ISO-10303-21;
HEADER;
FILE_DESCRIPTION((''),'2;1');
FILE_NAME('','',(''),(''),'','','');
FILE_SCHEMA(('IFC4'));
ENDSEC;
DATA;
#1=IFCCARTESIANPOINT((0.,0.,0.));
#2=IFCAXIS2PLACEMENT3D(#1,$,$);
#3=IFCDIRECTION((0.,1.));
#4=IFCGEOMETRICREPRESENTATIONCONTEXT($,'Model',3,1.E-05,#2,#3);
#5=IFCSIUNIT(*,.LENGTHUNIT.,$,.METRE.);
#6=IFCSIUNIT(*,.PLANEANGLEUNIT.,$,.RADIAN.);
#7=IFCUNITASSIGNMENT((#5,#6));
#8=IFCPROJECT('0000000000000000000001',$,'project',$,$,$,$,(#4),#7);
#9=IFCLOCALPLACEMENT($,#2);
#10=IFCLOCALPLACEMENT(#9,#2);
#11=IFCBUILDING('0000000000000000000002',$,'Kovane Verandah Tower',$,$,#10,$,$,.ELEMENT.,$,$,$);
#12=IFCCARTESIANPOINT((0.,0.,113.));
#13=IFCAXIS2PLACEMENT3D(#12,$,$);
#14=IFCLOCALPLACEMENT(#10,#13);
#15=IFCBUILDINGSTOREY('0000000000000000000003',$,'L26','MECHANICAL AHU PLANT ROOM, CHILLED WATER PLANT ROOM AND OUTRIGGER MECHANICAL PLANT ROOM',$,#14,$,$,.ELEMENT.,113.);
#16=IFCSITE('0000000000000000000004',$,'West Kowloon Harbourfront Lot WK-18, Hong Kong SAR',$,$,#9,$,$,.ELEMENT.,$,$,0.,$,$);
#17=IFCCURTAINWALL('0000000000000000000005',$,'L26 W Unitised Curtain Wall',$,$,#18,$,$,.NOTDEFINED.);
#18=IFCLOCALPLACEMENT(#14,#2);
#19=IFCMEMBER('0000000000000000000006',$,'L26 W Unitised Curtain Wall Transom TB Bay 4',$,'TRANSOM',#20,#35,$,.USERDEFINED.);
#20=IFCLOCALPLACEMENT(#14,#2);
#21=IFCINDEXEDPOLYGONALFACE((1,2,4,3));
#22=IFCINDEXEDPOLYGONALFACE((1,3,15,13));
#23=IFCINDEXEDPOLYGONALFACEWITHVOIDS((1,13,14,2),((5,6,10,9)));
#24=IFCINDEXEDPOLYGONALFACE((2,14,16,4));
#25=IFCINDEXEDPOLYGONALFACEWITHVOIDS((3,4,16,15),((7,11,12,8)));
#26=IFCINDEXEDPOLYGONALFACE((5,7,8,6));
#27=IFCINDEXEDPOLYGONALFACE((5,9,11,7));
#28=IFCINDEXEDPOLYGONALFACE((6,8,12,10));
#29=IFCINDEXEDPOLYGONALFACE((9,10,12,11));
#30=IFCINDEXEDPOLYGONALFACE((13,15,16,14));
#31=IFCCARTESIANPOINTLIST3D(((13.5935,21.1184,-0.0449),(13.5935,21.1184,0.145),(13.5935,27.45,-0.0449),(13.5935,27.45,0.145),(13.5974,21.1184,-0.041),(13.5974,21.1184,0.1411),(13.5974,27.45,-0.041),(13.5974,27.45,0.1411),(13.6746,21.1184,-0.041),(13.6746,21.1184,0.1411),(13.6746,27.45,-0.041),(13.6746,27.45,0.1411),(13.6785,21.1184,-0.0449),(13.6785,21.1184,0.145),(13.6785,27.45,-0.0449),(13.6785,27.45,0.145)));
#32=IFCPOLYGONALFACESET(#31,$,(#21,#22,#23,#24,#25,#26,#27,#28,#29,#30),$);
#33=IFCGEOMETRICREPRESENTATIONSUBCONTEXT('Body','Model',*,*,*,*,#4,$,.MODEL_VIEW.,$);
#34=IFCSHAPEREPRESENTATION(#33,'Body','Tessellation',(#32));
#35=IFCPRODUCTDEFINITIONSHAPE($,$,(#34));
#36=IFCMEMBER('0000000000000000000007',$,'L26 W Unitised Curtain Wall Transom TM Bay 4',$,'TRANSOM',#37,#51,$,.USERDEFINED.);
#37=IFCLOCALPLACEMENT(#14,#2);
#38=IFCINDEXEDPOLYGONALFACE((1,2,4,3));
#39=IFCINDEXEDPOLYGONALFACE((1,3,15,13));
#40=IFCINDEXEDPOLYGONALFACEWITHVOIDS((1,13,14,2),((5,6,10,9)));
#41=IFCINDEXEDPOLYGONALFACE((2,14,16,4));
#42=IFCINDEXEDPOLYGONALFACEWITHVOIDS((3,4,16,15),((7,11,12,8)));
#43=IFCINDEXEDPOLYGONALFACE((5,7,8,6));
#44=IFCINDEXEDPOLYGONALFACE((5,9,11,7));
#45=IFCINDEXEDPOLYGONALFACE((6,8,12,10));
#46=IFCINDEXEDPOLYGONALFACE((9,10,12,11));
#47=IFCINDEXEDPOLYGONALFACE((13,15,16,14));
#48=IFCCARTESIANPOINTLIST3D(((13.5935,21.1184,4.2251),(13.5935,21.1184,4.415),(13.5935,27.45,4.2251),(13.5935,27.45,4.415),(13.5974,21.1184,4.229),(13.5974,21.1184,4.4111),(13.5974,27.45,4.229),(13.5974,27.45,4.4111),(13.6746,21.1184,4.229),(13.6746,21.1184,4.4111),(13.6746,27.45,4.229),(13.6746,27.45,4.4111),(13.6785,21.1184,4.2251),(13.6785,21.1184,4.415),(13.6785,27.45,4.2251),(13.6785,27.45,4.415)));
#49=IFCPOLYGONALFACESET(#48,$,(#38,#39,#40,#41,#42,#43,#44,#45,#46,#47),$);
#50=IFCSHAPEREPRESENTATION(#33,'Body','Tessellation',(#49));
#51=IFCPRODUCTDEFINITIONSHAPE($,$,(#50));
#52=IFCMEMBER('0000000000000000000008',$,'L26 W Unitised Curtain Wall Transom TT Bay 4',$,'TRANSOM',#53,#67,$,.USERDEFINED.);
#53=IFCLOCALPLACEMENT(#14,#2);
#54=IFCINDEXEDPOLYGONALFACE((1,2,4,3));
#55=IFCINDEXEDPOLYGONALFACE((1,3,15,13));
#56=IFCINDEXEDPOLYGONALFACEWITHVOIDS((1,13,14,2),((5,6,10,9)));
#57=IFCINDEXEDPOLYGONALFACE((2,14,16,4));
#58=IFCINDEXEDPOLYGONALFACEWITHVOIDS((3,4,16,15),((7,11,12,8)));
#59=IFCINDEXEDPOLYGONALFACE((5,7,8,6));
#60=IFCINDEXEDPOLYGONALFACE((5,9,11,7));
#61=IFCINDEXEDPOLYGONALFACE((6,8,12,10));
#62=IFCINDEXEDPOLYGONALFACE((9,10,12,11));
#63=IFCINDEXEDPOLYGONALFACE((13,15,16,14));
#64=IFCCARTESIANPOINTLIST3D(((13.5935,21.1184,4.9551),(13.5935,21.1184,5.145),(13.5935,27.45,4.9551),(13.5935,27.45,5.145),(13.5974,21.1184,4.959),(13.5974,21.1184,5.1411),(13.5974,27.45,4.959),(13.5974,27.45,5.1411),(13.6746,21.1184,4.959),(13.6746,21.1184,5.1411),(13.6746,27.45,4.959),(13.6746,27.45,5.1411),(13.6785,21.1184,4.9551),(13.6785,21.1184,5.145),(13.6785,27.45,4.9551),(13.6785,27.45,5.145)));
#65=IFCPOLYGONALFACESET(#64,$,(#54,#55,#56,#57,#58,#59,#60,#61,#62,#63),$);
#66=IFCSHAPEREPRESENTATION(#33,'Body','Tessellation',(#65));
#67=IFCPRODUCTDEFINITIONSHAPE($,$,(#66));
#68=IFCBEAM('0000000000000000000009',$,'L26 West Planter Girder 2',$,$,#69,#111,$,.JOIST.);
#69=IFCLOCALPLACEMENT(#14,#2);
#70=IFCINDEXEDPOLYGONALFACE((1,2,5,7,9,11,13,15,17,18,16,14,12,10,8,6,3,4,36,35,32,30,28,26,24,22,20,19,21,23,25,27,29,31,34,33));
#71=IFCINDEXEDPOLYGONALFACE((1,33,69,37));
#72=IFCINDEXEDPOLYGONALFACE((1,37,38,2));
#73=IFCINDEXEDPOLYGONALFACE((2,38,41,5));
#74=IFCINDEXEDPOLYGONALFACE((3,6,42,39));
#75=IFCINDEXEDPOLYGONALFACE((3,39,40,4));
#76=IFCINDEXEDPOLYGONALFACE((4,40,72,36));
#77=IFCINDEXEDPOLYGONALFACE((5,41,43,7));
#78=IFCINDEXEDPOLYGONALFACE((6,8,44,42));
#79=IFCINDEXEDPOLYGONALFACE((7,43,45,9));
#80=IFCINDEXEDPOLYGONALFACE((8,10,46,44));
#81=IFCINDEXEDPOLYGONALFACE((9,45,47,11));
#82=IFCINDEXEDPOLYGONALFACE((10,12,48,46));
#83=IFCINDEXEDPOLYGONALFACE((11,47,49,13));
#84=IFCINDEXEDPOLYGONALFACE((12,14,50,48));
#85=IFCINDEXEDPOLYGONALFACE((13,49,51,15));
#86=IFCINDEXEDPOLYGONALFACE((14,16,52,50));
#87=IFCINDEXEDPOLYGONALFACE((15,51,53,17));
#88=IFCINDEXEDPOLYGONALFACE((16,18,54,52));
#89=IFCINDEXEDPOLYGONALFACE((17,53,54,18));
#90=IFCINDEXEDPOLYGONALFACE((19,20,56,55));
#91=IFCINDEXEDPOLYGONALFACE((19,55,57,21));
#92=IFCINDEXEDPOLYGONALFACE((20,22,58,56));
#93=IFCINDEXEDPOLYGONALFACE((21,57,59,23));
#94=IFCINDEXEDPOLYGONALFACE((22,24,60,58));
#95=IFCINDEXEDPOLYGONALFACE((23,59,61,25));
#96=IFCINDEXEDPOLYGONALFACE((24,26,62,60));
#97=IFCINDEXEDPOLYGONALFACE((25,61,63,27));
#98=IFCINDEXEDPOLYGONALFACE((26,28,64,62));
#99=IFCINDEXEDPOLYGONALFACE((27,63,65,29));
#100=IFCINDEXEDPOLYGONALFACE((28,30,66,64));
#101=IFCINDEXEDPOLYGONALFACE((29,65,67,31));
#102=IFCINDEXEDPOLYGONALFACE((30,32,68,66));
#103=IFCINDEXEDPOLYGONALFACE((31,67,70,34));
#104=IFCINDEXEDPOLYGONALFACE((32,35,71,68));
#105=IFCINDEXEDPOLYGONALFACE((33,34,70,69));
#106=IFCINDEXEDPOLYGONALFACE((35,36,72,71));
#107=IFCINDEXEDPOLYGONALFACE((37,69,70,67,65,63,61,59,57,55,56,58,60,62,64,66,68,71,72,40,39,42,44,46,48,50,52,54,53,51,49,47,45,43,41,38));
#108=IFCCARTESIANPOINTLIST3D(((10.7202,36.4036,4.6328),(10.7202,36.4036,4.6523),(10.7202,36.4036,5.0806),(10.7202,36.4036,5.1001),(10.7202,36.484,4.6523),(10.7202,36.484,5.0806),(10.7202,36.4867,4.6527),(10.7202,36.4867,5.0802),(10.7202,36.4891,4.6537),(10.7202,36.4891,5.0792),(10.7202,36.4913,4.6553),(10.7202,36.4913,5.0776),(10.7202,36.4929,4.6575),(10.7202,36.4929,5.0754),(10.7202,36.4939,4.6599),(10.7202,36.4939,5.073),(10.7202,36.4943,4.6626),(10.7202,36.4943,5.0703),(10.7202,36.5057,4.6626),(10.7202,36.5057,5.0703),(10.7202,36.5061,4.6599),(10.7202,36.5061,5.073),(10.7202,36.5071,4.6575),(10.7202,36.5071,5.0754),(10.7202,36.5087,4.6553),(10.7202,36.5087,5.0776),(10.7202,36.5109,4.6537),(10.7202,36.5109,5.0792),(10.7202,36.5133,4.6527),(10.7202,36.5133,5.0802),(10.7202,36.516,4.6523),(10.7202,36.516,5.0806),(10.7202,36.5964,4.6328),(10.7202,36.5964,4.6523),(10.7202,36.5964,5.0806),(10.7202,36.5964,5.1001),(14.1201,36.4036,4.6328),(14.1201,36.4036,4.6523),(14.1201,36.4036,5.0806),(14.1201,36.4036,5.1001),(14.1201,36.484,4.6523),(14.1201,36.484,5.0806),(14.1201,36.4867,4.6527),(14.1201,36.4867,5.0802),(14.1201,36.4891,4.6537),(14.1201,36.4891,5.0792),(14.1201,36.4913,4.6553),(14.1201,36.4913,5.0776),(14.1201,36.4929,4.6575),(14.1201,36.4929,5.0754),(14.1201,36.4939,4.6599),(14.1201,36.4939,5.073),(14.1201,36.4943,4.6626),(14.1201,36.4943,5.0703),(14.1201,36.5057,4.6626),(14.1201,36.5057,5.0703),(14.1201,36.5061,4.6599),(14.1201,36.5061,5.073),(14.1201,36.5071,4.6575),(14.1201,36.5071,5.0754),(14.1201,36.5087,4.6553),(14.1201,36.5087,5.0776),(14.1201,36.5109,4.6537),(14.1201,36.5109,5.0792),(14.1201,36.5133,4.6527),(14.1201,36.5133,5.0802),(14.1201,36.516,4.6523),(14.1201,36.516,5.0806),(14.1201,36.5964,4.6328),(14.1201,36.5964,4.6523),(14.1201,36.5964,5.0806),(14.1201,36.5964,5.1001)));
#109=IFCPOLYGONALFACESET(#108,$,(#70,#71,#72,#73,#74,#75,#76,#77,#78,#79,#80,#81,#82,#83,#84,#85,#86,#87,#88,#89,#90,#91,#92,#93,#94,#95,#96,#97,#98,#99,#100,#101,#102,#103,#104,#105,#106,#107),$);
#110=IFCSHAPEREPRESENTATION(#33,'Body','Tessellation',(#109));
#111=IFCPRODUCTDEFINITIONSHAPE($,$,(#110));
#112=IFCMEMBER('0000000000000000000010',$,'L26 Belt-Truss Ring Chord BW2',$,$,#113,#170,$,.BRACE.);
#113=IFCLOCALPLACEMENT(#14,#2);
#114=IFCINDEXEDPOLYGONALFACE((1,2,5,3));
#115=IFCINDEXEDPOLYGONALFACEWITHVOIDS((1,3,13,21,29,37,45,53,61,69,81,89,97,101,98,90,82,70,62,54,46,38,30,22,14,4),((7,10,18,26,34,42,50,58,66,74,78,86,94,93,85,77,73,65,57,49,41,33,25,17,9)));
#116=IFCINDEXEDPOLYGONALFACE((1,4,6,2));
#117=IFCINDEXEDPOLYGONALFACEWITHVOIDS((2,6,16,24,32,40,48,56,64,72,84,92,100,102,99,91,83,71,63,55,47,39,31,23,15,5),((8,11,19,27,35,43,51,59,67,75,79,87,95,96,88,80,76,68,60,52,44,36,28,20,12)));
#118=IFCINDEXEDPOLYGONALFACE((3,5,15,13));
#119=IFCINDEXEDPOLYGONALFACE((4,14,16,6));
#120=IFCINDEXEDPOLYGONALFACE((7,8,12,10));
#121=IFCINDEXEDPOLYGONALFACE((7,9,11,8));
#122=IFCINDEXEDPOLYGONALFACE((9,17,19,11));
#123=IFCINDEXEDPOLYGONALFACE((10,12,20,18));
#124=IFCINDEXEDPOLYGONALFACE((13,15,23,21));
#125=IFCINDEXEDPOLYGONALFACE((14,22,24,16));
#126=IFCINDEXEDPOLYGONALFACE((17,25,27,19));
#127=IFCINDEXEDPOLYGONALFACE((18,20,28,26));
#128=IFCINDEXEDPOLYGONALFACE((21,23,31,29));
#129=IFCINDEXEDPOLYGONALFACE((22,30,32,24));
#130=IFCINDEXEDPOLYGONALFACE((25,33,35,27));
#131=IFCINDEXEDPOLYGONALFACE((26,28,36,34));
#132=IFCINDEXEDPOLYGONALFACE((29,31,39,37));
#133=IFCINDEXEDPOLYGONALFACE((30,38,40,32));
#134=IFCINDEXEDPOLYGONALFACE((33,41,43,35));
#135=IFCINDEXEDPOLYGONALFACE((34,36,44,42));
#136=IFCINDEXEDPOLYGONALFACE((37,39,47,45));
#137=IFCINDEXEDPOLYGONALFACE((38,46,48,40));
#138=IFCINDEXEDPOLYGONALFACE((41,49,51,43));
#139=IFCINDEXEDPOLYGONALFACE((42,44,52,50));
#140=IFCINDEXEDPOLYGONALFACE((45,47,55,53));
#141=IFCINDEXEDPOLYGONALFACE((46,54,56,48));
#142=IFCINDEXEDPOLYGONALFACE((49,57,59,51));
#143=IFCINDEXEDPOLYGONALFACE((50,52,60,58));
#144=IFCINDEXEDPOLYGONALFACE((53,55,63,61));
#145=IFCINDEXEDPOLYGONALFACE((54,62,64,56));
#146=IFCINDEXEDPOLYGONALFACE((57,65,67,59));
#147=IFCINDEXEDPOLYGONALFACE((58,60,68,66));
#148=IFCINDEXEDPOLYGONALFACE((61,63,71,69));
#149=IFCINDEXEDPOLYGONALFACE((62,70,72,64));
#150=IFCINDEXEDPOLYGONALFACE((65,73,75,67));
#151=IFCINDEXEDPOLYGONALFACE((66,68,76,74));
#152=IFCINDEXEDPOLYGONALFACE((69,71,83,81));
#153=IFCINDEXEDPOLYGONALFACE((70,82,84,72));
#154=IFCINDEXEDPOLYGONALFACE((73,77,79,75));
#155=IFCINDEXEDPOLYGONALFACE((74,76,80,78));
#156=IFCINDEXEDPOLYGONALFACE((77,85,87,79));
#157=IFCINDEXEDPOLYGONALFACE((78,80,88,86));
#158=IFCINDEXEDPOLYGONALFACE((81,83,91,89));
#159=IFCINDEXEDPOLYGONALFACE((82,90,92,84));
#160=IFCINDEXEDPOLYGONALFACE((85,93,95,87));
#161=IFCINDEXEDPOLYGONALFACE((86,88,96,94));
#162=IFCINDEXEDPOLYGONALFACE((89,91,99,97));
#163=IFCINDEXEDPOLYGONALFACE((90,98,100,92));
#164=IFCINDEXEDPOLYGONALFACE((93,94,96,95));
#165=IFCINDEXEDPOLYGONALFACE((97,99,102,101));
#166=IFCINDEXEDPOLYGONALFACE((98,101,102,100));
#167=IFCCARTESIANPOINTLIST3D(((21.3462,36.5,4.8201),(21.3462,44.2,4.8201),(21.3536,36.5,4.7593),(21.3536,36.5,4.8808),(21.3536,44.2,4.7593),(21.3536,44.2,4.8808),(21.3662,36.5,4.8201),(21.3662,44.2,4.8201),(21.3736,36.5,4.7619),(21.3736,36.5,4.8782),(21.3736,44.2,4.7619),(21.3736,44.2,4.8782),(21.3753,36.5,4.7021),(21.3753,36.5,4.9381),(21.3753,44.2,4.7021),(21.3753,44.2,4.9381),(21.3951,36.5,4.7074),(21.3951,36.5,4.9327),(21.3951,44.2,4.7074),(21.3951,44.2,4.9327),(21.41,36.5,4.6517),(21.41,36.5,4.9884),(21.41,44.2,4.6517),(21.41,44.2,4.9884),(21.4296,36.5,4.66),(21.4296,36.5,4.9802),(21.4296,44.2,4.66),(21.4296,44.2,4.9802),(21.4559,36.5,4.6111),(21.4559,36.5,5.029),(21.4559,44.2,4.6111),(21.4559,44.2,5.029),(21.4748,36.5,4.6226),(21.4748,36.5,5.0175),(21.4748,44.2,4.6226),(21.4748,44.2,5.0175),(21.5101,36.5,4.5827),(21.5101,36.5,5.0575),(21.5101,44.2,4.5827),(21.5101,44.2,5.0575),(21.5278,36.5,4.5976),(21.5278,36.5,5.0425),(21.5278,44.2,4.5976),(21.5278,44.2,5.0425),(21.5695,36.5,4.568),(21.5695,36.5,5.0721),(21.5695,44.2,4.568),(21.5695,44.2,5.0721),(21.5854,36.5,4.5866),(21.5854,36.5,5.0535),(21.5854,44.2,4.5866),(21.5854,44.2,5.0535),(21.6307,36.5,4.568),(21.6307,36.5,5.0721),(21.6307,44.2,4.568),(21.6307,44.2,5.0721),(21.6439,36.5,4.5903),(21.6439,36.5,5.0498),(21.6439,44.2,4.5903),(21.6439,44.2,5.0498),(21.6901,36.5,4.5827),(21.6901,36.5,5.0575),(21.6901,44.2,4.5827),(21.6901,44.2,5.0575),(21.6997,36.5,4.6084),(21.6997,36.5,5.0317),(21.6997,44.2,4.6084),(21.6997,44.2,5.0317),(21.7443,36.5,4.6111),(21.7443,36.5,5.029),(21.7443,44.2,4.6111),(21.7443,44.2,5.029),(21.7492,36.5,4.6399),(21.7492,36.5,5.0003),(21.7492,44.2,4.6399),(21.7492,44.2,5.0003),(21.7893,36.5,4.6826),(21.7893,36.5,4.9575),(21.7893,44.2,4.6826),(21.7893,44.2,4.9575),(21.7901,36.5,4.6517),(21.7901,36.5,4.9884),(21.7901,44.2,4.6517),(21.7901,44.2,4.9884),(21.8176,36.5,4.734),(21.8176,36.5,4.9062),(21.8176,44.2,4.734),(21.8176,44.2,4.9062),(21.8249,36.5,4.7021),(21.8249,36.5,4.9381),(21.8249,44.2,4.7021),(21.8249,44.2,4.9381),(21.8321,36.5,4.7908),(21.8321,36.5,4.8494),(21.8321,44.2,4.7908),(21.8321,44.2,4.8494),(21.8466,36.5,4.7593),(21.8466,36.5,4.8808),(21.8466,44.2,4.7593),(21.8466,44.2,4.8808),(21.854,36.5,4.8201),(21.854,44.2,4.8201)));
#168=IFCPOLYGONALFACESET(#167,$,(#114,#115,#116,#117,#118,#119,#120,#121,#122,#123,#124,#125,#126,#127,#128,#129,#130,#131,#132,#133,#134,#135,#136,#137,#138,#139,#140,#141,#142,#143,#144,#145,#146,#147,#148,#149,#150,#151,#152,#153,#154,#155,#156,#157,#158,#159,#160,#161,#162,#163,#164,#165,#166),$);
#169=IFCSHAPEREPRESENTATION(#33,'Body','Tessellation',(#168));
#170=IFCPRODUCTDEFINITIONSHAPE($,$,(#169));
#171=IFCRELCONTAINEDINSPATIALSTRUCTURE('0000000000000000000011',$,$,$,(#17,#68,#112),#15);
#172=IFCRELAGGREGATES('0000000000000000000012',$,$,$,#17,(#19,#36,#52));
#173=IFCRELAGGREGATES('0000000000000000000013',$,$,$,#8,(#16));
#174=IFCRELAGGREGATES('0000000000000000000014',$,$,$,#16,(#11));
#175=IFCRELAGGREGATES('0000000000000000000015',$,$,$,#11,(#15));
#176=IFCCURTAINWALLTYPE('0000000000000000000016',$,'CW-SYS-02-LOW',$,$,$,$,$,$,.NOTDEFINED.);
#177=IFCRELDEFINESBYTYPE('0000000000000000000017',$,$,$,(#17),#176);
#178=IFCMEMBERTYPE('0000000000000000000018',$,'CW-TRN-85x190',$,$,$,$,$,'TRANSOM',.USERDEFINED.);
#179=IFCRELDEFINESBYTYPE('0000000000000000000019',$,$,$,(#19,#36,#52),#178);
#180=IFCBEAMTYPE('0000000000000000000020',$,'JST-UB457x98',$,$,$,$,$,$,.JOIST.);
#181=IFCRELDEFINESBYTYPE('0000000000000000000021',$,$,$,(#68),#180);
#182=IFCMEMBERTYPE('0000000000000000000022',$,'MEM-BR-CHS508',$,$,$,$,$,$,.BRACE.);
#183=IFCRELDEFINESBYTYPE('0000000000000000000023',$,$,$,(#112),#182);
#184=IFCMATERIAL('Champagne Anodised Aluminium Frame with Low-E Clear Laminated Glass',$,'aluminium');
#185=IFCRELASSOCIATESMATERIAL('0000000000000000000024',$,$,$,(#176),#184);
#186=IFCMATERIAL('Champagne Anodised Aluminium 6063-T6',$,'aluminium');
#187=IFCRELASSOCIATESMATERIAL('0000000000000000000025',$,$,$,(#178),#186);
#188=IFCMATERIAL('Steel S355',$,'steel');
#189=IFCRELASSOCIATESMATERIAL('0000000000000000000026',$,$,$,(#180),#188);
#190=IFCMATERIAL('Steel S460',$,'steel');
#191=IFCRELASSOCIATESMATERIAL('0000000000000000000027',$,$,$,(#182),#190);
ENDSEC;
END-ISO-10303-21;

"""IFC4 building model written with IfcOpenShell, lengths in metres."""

from ifc_helpers import new_model, si_unit, direction, frame, origin, origin_2d, place, context, subcontext, project, spatial, hollow_rectangle, hollow_circle, i_section, extrude, material, material_profile, profile_set, type_object, element, aggregate, save


model = new_model("IFC4")

# Units and contexts
model_context = context("Model", 3, precision=1e-05, world=origin(), true_north=direction((0.0, 1.0)))
body_context = subcontext(model_context, "Body", "Model", "MODEL_VIEW")
ifc_project = project(units=[si_unit("LENGTHUNIT", "METRE"), si_unit("PLANEANGLEUNIT", "RADIAN")], contexts=[model_context])

# Site, building, storey
site_placement = place(None, origin())
site = spatial("IfcSite", under=ifc_project, at=site_placement, Name="West Kowloon Harbourfront Lot WK-18, Hong Kong SAR", CompositionType="ELEMENT", RefElevation=0.0)
building_placement = place(site_placement, origin())
building = spatial("IfcBuilding", under=site, at=building_placement, Name="Kovane Verandah Tower", CompositionType="ELEMENT")
storey_placement = place(building_placement, frame((0.0, 0.0, 113.0)))
storey = spatial("IfcBuildingStorey", under=building, at=storey_placement, Name="L26", Description="MECHANICAL AHU PLANT ROOM, CHILLED WATER PLANT ROOM AND OUTRIGGER MECHANICAL PLANT ROOM", CompositionType="ELEMENT", Elevation=113.0)

# Shared definitions
ifc_material_1 = material(Name="Steel S460", Category="steel")

# Curtain wall, members
ifc_material_2 = material(Name="Champagne Anodised Aluminium Frame with Low-E Clear Laminated Glass", Category="aluminium")
curtain_wall_type = type_object("IfcCurtainWallType", Name="CW-SYS-02-LOW", PredefinedType="NOTDEFINED", material=ifc_material_2)
curtain_wall_placement = place(storey_placement, origin())
curtain_wall = element("IfcCurtainWall", 1, at=curtain_wall_placement, inside=storey, type_object=curtain_wall_type, Name="L26 W Unitised Curtain Wall", PredefinedType="NOTDEFINED")
ifc_material_3 = material(Name="Champagne Anodised Aluminium 6063-T6", Category="aluminium")
ifc_material_profile_1 = material_profile(ifc_material_3, hollow_rectangle(XDim=0.085, YDim=0.1899, WallThickness=0.0039, at=origin_2d()), Name="AL85x190x4")
ifc_profile_set_1 = profile_set([ifc_material_profile_1], Name="Champagne Anodised Aluminium 6063-T6")
member_type_1 = type_object("IfcMemberType", Name="CW-TRN-85x190", ElementType="TRANSOM", PredefinedType="USERDEFINED", material=ifc_profile_set_1)
member_1_placement = place(storey_placement, frame((13.636, 27.45, 0.05), z_axis=(0.0, -1.0, 0.0), x_axis=(1.0, 0.0, 0.0)))
member_1 = element("IfcMember", 2, at=member_1_placement, type_object=member_type_1, Name="L26 W Unitised Curtain Wall Transom TB Bay 4", ObjectType="TRANSOM", PredefinedType="USERDEFINED", context=body_context, shape_type="SweptSolid", body=[
    extrude(hollow_rectangle(XDim=0.085, YDim=0.1899, WallThickness=0.0039, at=origin_2d()), origin(), (0.0, 0.0, 1.0), 6.3315),
])
member_2_placement = place(storey_placement, frame((13.636, 27.45, 4.3201), z_axis=(0.0, -1.0, 0.0), x_axis=(1.0, 0.0, 0.0)))
member_2 = element("IfcMember", 3, at=member_2_placement, type_object=member_type_1, Name="L26 W Unitised Curtain Wall Transom TM Bay 4", ObjectType="TRANSOM", PredefinedType="USERDEFINED", context=body_context, shape_type="SweptSolid", body=[
    extrude(hollow_rectangle(XDim=0.085, YDim=0.1899, WallThickness=0.0039, at=origin_2d()), origin(), (0.0, 0.0, 1.0), 6.3315),
])
member_3_placement = place(storey_placement, frame((13.636, 27.45, 5.05), z_axis=(0.0, -1.0, 0.0), x_axis=(1.0, 0.0, 0.0)))
member_3 = element("IfcMember", 4, at=member_3_placement, type_object=member_type_1, Name="L26 W Unitised Curtain Wall Transom TT Bay 4", ObjectType="TRANSOM", PredefinedType="USERDEFINED", context=body_context, shape_type="SweptSolid", body=[
    extrude(hollow_rectangle(XDim=0.085, YDim=0.1899, WallThickness=0.0039, at=origin_2d()), origin(), (0.0, 0.0, 1.0), 6.3315),
])

# Beam
ifc_material_4 = material(Name="Steel S355", Category="steel")
ifc_material_profile_2 = material_profile(ifc_material_4, i_section(OverallWidth=0.1929, OverallDepth=0.4673, WebThickness=0.0115, FlangeThickness=0.0195, FilletRadius=0.0103, at=origin_2d()), Name="UB457x191x98")
ifc_profile_set_2 = profile_set([ifc_material_profile_2], Name="Steel S355")
beam_type_1 = type_object("IfcBeamType", Name="JST-UB457x98", PredefinedType="JOIST", material=ifc_profile_set_2)
beam_1_placement = place(storey_placement, frame((14.1201, 36.5, 4.8665), z_axis=(-1.0, 0.0, 0.0), x_axis=(0.0, -1.0, 0.0)))
element("IfcBeam", 5, at=beam_1_placement, inside=storey, type_object=beam_type_1, Name="L26 West Planter Girder 2", PredefinedType="JOIST", context=body_context, shape_type="SweptSolid", body=[
    extrude(i_section(OverallWidth=0.1929, OverallDepth=0.4673, WebThickness=0.0115, FlangeThickness=0.0195, FilletRadius=0.0103, at=origin_2d()), origin(), (0.0, 0.0, 1.0), 3.3999),
])

# Member
ifc_material_profile_3 = material_profile(ifc_material_1, hollow_circle(Radius=0.2539, WallThickness=0.02, at=origin_2d()), Name="CHS508x20")
ifc_profile_set_3 = profile_set([ifc_material_profile_3], Name="Steel S460")
member_type_2 = type_object("IfcMemberType", Name="MEM-BR-CHS508", PredefinedType="BRACE", material=ifc_profile_set_3)
member_4_placement = place(storey_placement, frame((21.6001, 36.5, 4.8201), z_axis=(0.0, 1.0, 0.0), x_axis=(-1.0, 0.0, 0.0)))
element("IfcMember", 6, at=member_4_placement, inside=storey, type_object=member_type_2, Name="L26 Belt-Truss Ring Chord BW2", PredefinedType="BRACE", context=body_context, shape_type="SweptSolid", body=[
    extrude(hollow_circle(Radius=0.2539, WallThickness=0.02, at=origin_2d()), origin(), (0.0, 0.0, 1.0), 7.7),
])

aggregate(curtain_wall, [member_1, member_2, member_3])

save(model, "model.ifc")
